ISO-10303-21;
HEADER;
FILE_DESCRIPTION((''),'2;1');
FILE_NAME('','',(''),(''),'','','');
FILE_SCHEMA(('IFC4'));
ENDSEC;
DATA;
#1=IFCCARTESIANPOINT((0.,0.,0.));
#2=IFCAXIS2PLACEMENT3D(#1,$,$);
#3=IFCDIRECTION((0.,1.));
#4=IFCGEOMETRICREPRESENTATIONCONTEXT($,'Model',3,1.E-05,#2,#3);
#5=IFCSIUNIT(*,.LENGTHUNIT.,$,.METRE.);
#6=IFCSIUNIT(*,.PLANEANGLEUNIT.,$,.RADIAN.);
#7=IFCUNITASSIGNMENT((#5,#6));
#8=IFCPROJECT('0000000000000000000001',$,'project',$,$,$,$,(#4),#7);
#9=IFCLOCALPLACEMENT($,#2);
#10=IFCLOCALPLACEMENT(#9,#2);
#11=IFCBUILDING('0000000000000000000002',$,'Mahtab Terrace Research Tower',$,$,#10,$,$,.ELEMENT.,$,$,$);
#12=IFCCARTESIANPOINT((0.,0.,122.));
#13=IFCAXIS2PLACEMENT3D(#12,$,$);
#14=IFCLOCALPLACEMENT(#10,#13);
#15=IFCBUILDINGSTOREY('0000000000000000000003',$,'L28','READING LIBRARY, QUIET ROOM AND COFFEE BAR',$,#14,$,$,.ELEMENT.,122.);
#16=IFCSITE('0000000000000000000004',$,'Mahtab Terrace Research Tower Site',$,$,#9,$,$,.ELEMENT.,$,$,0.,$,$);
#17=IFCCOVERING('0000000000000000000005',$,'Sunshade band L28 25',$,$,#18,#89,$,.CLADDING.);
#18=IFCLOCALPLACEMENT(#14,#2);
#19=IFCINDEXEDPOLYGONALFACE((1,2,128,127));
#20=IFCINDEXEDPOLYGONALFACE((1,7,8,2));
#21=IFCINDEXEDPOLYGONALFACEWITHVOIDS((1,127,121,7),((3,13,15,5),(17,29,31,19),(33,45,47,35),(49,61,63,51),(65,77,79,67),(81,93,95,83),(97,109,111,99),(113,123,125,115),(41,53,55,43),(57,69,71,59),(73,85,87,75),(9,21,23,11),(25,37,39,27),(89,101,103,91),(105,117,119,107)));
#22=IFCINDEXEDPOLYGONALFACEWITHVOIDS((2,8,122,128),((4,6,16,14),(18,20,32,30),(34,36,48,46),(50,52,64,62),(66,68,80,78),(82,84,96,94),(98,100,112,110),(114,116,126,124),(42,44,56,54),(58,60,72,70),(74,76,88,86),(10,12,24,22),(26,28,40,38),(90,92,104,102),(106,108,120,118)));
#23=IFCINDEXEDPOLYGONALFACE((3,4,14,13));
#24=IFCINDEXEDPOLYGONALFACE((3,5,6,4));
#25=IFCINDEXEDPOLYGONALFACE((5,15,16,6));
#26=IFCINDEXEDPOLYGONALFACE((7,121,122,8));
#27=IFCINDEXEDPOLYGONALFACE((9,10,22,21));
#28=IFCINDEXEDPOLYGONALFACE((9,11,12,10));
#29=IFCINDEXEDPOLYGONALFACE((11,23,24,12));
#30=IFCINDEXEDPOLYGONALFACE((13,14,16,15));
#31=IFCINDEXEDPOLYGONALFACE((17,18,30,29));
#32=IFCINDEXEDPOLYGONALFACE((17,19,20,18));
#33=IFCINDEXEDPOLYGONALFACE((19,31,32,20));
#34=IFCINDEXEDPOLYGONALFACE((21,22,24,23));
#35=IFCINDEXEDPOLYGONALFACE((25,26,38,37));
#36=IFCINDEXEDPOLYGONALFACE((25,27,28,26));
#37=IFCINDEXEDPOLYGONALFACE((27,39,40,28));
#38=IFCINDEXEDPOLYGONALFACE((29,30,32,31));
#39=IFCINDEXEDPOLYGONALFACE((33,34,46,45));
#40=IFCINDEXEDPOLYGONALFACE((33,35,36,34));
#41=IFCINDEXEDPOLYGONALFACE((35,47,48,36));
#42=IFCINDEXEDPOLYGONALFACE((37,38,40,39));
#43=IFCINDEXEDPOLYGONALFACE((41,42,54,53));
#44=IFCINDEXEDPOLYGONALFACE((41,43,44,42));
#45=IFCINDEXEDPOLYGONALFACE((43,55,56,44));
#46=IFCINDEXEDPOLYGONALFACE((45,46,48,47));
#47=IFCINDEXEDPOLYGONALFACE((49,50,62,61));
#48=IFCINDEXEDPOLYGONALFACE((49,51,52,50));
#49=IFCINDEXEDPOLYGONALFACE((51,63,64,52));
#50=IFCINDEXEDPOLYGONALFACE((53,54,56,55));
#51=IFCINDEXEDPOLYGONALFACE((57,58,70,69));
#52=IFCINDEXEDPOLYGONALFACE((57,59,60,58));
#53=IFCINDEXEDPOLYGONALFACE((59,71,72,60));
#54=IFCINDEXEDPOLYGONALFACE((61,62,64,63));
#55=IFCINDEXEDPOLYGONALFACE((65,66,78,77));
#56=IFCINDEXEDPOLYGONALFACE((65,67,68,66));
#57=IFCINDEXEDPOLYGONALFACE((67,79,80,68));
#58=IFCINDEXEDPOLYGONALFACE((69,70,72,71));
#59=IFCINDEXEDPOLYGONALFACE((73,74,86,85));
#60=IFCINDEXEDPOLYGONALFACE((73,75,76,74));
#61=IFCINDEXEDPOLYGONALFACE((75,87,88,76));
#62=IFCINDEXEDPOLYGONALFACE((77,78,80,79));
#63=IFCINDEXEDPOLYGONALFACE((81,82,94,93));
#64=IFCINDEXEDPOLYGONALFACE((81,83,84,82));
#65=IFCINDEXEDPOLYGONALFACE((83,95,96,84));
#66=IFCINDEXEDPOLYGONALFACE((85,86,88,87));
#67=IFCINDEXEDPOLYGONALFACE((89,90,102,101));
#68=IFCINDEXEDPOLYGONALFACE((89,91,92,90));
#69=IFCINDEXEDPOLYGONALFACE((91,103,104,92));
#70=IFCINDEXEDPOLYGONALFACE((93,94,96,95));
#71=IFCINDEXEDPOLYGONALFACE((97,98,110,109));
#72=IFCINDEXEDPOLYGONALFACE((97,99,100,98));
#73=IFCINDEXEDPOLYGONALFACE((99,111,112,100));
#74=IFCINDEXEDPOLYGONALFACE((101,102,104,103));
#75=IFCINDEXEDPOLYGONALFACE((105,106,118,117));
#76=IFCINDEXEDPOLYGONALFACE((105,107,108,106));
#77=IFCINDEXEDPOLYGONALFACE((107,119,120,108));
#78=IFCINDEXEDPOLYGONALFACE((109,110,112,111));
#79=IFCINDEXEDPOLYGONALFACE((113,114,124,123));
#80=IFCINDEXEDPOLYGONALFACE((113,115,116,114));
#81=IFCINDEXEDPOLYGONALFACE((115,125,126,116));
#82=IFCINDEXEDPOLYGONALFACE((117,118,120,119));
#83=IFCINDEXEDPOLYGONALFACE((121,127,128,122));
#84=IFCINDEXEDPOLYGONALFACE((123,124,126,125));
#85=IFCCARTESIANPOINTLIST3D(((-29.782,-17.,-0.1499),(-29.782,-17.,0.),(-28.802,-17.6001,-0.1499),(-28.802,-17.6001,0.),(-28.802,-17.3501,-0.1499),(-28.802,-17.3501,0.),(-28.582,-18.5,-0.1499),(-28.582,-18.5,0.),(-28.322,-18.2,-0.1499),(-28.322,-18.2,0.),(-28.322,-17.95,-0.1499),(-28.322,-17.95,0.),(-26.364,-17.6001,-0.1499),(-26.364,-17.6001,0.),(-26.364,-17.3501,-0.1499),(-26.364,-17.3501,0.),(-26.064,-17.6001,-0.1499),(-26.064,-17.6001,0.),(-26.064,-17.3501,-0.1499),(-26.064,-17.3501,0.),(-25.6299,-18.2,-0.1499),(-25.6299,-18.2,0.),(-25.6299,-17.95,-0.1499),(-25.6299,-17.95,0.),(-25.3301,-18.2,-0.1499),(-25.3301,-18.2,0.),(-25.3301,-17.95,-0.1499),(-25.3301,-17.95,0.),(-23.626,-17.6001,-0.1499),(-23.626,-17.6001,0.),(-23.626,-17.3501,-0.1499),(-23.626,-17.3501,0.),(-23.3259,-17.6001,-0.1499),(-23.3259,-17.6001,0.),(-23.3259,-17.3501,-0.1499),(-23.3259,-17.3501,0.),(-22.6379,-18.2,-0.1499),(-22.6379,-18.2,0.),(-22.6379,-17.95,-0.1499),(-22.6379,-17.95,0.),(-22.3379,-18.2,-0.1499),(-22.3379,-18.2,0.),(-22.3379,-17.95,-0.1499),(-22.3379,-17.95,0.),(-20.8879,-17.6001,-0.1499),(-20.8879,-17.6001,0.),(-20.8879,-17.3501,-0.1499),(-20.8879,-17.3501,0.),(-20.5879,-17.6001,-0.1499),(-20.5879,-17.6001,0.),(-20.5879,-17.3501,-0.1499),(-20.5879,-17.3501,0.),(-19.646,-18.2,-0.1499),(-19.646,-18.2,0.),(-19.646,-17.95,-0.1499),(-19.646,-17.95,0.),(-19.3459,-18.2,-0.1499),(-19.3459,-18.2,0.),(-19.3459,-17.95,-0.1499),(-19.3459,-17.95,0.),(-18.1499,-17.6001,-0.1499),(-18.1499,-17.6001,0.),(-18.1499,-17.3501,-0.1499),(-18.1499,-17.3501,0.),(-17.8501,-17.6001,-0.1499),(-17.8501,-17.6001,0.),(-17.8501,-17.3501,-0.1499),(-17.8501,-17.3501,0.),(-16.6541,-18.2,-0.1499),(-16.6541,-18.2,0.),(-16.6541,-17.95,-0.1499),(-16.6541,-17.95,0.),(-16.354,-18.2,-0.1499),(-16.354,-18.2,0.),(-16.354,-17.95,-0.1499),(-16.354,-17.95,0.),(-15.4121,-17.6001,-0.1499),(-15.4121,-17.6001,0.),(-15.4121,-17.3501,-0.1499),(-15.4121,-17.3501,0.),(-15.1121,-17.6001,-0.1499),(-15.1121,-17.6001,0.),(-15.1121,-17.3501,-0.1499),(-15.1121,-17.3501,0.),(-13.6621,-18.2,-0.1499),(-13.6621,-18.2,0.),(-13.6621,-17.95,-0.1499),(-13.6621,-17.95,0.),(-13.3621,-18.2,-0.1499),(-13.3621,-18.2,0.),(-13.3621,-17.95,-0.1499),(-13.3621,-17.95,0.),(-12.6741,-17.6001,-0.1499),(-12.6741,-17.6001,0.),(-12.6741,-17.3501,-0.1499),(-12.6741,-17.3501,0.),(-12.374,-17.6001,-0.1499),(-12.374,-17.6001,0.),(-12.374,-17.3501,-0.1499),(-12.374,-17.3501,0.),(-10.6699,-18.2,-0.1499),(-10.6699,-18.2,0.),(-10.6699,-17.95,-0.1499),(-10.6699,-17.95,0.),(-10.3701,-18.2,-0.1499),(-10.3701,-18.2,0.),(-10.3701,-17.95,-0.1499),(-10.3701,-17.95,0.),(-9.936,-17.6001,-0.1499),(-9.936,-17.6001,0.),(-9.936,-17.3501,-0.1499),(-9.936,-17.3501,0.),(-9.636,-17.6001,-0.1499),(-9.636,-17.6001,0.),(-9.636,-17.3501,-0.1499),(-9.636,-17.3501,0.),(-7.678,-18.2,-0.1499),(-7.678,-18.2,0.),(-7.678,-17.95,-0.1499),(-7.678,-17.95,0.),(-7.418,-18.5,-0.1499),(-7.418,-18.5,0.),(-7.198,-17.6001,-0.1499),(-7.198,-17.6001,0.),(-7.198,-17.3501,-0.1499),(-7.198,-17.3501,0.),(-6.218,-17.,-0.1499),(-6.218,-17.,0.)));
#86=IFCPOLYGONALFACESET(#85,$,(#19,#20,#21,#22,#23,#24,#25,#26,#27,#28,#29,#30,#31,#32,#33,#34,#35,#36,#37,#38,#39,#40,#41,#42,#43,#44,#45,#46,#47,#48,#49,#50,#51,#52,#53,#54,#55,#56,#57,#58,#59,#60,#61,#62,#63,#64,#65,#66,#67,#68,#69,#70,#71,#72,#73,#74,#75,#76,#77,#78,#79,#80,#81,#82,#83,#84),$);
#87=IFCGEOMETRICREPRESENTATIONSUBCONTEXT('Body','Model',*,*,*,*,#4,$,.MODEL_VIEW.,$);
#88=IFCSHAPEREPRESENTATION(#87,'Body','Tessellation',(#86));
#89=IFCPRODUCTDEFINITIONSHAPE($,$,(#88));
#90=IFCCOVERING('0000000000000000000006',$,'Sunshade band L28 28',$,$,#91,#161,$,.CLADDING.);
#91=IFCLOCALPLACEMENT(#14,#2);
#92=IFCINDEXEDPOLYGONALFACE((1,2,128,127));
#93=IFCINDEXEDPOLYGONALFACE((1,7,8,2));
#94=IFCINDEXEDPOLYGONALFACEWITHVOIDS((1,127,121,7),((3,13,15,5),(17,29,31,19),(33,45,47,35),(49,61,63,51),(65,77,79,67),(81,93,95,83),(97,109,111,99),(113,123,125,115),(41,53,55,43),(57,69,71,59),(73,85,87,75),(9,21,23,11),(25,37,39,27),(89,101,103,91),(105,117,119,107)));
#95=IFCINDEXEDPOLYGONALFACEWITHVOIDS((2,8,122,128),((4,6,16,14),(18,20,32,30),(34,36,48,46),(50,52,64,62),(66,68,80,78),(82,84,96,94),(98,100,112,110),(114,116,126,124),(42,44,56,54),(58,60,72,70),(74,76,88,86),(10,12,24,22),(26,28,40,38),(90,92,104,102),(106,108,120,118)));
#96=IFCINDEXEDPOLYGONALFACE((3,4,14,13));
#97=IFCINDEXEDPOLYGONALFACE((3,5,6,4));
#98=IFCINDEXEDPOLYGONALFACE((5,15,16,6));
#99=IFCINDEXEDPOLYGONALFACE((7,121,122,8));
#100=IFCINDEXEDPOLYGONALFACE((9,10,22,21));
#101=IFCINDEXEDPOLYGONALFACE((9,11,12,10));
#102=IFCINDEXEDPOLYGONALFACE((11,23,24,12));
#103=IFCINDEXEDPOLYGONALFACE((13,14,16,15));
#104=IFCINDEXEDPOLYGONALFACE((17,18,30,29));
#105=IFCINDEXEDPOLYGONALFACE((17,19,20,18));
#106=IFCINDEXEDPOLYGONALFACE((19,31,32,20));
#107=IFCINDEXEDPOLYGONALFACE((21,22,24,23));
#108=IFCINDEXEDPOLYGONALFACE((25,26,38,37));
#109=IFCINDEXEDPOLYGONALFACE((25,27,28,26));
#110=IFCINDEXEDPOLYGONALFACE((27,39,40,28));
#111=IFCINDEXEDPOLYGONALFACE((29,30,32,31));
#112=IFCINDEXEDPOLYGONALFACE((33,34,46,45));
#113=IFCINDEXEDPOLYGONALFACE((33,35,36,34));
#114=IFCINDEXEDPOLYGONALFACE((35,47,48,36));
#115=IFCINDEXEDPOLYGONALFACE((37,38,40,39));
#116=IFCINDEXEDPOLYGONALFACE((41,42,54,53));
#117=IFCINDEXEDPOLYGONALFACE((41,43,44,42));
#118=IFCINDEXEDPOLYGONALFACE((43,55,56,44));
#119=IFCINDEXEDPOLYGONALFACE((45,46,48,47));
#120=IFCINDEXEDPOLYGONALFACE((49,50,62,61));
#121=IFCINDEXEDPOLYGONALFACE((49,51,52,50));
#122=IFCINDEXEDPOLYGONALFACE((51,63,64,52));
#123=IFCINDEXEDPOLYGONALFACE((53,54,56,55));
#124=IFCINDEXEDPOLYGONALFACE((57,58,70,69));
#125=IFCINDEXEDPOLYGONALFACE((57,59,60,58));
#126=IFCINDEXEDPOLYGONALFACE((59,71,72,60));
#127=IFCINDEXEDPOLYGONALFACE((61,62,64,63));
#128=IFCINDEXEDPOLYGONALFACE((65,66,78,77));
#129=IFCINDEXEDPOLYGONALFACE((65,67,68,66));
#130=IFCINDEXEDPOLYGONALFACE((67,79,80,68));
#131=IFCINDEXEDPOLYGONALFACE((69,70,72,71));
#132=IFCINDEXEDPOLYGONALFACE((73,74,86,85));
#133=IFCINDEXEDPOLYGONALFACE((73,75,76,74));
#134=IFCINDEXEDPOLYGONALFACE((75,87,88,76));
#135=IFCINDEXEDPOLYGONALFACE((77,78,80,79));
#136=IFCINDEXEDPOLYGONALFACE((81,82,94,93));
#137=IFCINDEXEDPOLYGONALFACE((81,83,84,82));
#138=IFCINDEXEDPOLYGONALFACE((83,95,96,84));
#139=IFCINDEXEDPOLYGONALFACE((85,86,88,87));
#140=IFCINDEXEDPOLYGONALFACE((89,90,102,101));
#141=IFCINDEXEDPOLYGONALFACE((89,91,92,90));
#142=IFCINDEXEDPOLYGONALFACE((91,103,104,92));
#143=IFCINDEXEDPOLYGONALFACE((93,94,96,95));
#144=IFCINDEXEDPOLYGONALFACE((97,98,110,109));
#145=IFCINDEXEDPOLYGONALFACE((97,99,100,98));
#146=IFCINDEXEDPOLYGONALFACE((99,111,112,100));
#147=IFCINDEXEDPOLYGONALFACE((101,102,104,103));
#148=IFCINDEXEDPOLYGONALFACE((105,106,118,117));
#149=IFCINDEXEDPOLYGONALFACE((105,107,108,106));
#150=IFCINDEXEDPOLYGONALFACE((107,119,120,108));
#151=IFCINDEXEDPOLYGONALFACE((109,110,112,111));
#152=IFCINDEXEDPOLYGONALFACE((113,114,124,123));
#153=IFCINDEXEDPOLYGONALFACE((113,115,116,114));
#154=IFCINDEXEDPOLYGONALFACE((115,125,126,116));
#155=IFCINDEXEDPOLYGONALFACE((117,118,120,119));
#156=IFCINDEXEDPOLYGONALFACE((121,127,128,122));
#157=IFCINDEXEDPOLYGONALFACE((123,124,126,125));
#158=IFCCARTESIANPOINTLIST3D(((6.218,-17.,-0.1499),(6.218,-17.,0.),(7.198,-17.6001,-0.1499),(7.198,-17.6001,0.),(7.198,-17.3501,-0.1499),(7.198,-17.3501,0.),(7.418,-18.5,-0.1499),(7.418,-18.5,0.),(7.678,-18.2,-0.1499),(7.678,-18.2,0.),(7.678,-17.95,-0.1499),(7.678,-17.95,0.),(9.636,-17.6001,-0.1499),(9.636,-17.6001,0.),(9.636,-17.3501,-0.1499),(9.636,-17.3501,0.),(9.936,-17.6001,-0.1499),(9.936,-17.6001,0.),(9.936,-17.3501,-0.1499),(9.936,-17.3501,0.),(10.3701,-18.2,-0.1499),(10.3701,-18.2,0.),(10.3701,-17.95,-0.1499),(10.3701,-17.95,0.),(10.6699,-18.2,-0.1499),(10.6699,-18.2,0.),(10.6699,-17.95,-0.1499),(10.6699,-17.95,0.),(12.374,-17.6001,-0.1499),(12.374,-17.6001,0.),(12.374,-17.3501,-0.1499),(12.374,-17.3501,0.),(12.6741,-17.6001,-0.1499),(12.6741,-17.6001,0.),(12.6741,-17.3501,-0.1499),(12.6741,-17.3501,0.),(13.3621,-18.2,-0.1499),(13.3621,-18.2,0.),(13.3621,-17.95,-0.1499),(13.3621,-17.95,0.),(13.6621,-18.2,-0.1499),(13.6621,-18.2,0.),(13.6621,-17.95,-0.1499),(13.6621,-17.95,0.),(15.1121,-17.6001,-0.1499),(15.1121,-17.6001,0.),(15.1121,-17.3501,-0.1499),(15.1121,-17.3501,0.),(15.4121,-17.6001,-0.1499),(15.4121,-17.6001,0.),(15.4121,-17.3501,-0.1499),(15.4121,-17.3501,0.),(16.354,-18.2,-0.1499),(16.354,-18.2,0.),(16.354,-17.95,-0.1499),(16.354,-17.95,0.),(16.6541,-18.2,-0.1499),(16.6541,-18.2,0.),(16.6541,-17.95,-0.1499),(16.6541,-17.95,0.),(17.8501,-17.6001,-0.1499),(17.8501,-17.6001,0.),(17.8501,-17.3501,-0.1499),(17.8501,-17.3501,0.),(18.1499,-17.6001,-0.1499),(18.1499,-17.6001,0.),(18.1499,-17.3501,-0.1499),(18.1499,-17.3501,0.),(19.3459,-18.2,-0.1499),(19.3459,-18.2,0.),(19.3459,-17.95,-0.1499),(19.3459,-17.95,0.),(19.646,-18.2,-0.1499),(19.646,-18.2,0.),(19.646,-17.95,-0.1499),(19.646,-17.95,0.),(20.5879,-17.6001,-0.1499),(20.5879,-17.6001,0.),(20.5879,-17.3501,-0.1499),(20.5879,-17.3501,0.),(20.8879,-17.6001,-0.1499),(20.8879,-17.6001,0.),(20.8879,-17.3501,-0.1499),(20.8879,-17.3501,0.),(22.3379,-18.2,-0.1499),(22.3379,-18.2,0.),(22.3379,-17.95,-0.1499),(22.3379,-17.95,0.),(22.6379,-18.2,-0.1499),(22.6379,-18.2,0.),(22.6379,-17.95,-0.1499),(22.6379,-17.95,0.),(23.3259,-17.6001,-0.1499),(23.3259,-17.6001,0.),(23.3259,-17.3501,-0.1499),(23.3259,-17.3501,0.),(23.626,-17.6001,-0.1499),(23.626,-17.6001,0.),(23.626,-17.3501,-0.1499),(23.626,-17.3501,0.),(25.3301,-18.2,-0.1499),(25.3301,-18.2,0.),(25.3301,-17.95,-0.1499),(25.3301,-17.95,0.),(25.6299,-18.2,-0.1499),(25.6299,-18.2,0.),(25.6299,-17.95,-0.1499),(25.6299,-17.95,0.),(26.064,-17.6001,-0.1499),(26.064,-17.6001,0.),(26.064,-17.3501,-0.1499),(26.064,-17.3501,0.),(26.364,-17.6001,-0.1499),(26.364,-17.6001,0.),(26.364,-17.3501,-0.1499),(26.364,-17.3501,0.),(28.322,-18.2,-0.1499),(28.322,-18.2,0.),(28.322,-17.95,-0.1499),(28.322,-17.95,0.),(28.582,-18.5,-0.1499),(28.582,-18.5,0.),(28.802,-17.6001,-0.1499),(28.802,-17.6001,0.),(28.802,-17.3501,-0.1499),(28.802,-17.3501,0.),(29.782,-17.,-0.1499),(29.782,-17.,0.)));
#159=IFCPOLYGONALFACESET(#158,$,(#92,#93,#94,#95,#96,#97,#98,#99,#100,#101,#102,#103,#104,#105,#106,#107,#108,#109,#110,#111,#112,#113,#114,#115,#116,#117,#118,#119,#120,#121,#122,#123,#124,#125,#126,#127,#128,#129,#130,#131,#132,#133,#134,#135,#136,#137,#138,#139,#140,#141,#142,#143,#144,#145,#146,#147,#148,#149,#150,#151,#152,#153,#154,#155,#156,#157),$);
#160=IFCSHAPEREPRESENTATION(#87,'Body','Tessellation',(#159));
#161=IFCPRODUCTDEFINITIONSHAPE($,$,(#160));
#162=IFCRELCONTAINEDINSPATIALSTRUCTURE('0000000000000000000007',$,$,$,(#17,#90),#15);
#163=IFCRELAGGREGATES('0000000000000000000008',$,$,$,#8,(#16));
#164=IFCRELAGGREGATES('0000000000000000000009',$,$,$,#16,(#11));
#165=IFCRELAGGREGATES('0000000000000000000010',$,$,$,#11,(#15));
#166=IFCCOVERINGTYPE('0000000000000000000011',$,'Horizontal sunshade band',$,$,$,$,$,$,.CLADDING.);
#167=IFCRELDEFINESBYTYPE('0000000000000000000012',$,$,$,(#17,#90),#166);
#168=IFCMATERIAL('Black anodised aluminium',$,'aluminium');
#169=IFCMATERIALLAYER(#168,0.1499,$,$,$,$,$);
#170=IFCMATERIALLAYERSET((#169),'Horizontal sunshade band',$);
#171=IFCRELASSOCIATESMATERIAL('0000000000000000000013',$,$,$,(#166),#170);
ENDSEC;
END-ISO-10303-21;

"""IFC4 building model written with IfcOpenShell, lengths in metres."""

from ifc_helpers import new_model, si_unit, direction, frame, origin, place, context, subcontext, project, spatial, polyline, outline, extrude, material, layer, layer_set, type_object, element, save


model = new_model("IFC4")

# Units and contexts
model_context = context("Model", 3, precision=1e-05, world=origin(), true_north=direction((0.0, 1.0)))
body_context = subcontext(model_context, "Body", "Model", "MODEL_VIEW")
ifc_project = project(units=[si_unit("LENGTHUNIT", "METRE"), si_unit("PLANEANGLEUNIT", "RADIAN")], contexts=[model_context])

# Site, building, storey
site_placement = place(None, origin())
site = spatial("IfcSite", under=ifc_project, at=site_placement, Name="Mahtab Terrace Research Tower Site", CompositionType="ELEMENT", RefElevation=0.0)
building_placement = place(site_placement, origin())
building = spatial("IfcBuilding", under=site, at=building_placement, Name="Mahtab Terrace Research Tower", CompositionType="ELEMENT")
storey_placement = place(building_placement, frame((0.0, 0.0, 122.0)))
storey = spatial("IfcBuildingStorey", under=building, at=storey_placement, Name="L28", Description="READING LIBRARY, QUIET ROOM AND COFFEE BAR", CompositionType="ELEMENT", Elevation=122.0)

# Coverings
ifc_material_1 = material(Name="Black anodised aluminium", Category="aluminium")
ifc_layer_1 = layer(ifc_material_1, 0.1499)
ifc_layer_set_1 = layer_set([ifc_layer_1], Name="Horizontal sunshade band")
covering_type_1 = type_object("IfcCoveringType", Name="Horizontal sunshade band", PredefinedType="CLADDING", material=ifc_layer_set_1)
covering_1_placement = place(storey_placement, frame((0.0, 0.0, -0.1499)))
element("IfcCovering", 1, at=covering_1_placement, inside=storey, type_object=covering_type_1, Name="Sunshade band L28 25", PredefinedType="CLADDING", context=body_context, shape_type="SweptSolid", body=[
    extrude(outline(polyline([(-29.782, -17.0), (-6.218, -17.0), (-7.418, -18.5), (-28.582, -18.5), (-29.782, -17.0)]), holes=[polyline([(-28.802, -17.3501), (-26.364, -17.3501), (-26.364, -17.6001), (-28.802, -17.6001), (-28.802, -17.3501)]), polyline([(-26.064, -17.3501), (-23.626, -17.3501), (-23.626, -17.6001), (-26.064, -17.6001), (-26.064, -17.3501)]), polyline([(-23.3259, -17.3501), (-20.8879, -17.3501), (-20.8879, -17.6001), (-23.3259, -17.6001), (-23.3259, -17.3501)]), polyline([(-20.5879, -17.3501), (-18.1499, -17.3501), (-18.1499, -17.6001), (-20.5879, -17.6001), (-20.5879, -17.3501)]), polyline([(-17.8501, -17.3501), (-15.4121, -17.3501), (-15.4121, -17.6001), (-17.8501, -17.6001), (-17.8501, -17.3501)]), polyline([(-15.1121, -17.3501), (-12.6741, -17.3501), (-12.6741, -17.6001), (-15.1121, -17.6001), (-15.1121, -17.3501)]), polyline([(-12.374, -17.3501), (-9.936, -17.3501), (-9.936, -17.6001), (-12.374, -17.6001), (-12.374, -17.3501)]), polyline([(-9.636, -17.3501), (-7.198, -17.3501), (-7.198, -17.6001), (-9.636, -17.6001), (-9.636, -17.3501)]), polyline([(-28.322, -17.95), (-25.6299, -17.95), (-25.6299, -18.2), (-28.322, -18.2), (-28.322, -17.95)]), polyline([(-25.3301, -17.95), (-22.6379, -17.95), (-22.6379, -18.2), (-25.3301, -18.2), (-25.3301, -17.95)]), polyline([(-22.3379, -17.95), (-19.646, -17.95), (-19.646, -18.2), (-22.3379, -18.2), (-22.3379, -17.95)]), polyline([(-19.3459, -17.95), (-16.6541, -17.95), (-16.6541, -18.2), (-19.3459, -18.2), (-19.3459, -17.95)]), polyline([(-16.354, -17.95), (-13.6621, -17.95), (-13.6621, -18.2), (-16.354, -18.2), (-16.354, -17.95)]), polyline([(-13.3621, -17.95), (-10.6699, -17.95), (-10.6699, -18.2), (-13.3621, -18.2), (-13.3621, -17.95)]), polyline([(-10.3701, -17.95), (-7.678, -17.95), (-7.678, -18.2), (-10.3701, -18.2), (-10.3701, -17.95)])]), origin(), (0.0, 0.0, 1.0), 0.1499),
])
covering_2_placement = place(storey_placement, frame((0.0, 0.0, -0.1499)))
element("IfcCovering", 2, at=covering_2_placement, inside=storey, type_object=covering_type_1, Name="Sunshade band L28 28", PredefinedType="CLADDING", context=body_context, shape_type="SweptSolid", body=[
    extrude(outline(polyline([(6.218, -17.0), (29.782, -17.0), (28.582, -18.5), (7.418, -18.5), (6.218, -17.0)]), holes=[polyline([(7.198, -17.3501), (9.636, -17.3501), (9.636, -17.6001), (7.198, -17.6001), (7.198, -17.3501)]), polyline([(9.936, -17.3501), (12.374, -17.3501), (12.374, -17.6001), (9.936, -17.6001), (9.936, -17.3501)]), polyline([(12.6741, -17.3501), (15.1121, -17.3501), (15.1121, -17.6001), (12.6741, -17.6001), (12.6741, -17.3501)]), polyline([(15.4121, -17.3501), (17.8501, -17.3501), (17.8501, -17.6001), (15.4121, -17.6001), (15.4121, -17.3501)]), polyline([(18.1499, -17.3501), (20.5879, -17.3501), (20.5879, -17.6001), (18.1499, -17.6001), (18.1499, -17.3501)]), polyline([(20.8879, -17.3501), (23.3259, -17.3501), (23.3259, -17.6001), (20.8879, -17.6001), (20.8879, -17.3501)]), polyline([(23.626, -17.3501), (26.064, -17.3501), (26.064, -17.6001), (23.626, -17.6001), (23.626, -17.3501)]), polyline([(26.364, -17.3501), (28.802, -17.3501), (28.802, -17.6001), (26.364, -17.6001), (26.364, -17.3501)]), polyline([(7.678, -17.95), (10.3701, -17.95), (10.3701, -18.2), (7.678, -18.2), (7.678, -17.95)]), polyline([(10.6699, -17.95), (13.3621, -17.95), (13.3621, -18.2), (10.6699, -18.2), (10.6699, -17.95)]), polyline([(13.6621, -17.95), (16.354, -17.95), (16.354, -18.2), (13.6621, -18.2), (13.6621, -17.95)]), polyline([(16.6541, -17.95), (19.3459, -17.95), (19.3459, -18.2), (16.6541, -18.2), (16.6541, -17.95)]), polyline([(19.646, -17.95), (22.3379, -17.95), (22.3379, -18.2), (19.646, -18.2), (19.646, -17.95)]), polyline([(22.6379, -17.95), (25.3301, -17.95), (25.3301, -18.2), (22.6379, -18.2), (22.6379, -17.95)]), polyline([(25.6299, -17.95), (28.322, -17.95), (28.322, -18.2), (25.6299, -18.2), (25.6299, -17.95)])]), origin(), (0.0, 0.0, 1.0), 0.1499),
])

save(model, "model.ifc")
